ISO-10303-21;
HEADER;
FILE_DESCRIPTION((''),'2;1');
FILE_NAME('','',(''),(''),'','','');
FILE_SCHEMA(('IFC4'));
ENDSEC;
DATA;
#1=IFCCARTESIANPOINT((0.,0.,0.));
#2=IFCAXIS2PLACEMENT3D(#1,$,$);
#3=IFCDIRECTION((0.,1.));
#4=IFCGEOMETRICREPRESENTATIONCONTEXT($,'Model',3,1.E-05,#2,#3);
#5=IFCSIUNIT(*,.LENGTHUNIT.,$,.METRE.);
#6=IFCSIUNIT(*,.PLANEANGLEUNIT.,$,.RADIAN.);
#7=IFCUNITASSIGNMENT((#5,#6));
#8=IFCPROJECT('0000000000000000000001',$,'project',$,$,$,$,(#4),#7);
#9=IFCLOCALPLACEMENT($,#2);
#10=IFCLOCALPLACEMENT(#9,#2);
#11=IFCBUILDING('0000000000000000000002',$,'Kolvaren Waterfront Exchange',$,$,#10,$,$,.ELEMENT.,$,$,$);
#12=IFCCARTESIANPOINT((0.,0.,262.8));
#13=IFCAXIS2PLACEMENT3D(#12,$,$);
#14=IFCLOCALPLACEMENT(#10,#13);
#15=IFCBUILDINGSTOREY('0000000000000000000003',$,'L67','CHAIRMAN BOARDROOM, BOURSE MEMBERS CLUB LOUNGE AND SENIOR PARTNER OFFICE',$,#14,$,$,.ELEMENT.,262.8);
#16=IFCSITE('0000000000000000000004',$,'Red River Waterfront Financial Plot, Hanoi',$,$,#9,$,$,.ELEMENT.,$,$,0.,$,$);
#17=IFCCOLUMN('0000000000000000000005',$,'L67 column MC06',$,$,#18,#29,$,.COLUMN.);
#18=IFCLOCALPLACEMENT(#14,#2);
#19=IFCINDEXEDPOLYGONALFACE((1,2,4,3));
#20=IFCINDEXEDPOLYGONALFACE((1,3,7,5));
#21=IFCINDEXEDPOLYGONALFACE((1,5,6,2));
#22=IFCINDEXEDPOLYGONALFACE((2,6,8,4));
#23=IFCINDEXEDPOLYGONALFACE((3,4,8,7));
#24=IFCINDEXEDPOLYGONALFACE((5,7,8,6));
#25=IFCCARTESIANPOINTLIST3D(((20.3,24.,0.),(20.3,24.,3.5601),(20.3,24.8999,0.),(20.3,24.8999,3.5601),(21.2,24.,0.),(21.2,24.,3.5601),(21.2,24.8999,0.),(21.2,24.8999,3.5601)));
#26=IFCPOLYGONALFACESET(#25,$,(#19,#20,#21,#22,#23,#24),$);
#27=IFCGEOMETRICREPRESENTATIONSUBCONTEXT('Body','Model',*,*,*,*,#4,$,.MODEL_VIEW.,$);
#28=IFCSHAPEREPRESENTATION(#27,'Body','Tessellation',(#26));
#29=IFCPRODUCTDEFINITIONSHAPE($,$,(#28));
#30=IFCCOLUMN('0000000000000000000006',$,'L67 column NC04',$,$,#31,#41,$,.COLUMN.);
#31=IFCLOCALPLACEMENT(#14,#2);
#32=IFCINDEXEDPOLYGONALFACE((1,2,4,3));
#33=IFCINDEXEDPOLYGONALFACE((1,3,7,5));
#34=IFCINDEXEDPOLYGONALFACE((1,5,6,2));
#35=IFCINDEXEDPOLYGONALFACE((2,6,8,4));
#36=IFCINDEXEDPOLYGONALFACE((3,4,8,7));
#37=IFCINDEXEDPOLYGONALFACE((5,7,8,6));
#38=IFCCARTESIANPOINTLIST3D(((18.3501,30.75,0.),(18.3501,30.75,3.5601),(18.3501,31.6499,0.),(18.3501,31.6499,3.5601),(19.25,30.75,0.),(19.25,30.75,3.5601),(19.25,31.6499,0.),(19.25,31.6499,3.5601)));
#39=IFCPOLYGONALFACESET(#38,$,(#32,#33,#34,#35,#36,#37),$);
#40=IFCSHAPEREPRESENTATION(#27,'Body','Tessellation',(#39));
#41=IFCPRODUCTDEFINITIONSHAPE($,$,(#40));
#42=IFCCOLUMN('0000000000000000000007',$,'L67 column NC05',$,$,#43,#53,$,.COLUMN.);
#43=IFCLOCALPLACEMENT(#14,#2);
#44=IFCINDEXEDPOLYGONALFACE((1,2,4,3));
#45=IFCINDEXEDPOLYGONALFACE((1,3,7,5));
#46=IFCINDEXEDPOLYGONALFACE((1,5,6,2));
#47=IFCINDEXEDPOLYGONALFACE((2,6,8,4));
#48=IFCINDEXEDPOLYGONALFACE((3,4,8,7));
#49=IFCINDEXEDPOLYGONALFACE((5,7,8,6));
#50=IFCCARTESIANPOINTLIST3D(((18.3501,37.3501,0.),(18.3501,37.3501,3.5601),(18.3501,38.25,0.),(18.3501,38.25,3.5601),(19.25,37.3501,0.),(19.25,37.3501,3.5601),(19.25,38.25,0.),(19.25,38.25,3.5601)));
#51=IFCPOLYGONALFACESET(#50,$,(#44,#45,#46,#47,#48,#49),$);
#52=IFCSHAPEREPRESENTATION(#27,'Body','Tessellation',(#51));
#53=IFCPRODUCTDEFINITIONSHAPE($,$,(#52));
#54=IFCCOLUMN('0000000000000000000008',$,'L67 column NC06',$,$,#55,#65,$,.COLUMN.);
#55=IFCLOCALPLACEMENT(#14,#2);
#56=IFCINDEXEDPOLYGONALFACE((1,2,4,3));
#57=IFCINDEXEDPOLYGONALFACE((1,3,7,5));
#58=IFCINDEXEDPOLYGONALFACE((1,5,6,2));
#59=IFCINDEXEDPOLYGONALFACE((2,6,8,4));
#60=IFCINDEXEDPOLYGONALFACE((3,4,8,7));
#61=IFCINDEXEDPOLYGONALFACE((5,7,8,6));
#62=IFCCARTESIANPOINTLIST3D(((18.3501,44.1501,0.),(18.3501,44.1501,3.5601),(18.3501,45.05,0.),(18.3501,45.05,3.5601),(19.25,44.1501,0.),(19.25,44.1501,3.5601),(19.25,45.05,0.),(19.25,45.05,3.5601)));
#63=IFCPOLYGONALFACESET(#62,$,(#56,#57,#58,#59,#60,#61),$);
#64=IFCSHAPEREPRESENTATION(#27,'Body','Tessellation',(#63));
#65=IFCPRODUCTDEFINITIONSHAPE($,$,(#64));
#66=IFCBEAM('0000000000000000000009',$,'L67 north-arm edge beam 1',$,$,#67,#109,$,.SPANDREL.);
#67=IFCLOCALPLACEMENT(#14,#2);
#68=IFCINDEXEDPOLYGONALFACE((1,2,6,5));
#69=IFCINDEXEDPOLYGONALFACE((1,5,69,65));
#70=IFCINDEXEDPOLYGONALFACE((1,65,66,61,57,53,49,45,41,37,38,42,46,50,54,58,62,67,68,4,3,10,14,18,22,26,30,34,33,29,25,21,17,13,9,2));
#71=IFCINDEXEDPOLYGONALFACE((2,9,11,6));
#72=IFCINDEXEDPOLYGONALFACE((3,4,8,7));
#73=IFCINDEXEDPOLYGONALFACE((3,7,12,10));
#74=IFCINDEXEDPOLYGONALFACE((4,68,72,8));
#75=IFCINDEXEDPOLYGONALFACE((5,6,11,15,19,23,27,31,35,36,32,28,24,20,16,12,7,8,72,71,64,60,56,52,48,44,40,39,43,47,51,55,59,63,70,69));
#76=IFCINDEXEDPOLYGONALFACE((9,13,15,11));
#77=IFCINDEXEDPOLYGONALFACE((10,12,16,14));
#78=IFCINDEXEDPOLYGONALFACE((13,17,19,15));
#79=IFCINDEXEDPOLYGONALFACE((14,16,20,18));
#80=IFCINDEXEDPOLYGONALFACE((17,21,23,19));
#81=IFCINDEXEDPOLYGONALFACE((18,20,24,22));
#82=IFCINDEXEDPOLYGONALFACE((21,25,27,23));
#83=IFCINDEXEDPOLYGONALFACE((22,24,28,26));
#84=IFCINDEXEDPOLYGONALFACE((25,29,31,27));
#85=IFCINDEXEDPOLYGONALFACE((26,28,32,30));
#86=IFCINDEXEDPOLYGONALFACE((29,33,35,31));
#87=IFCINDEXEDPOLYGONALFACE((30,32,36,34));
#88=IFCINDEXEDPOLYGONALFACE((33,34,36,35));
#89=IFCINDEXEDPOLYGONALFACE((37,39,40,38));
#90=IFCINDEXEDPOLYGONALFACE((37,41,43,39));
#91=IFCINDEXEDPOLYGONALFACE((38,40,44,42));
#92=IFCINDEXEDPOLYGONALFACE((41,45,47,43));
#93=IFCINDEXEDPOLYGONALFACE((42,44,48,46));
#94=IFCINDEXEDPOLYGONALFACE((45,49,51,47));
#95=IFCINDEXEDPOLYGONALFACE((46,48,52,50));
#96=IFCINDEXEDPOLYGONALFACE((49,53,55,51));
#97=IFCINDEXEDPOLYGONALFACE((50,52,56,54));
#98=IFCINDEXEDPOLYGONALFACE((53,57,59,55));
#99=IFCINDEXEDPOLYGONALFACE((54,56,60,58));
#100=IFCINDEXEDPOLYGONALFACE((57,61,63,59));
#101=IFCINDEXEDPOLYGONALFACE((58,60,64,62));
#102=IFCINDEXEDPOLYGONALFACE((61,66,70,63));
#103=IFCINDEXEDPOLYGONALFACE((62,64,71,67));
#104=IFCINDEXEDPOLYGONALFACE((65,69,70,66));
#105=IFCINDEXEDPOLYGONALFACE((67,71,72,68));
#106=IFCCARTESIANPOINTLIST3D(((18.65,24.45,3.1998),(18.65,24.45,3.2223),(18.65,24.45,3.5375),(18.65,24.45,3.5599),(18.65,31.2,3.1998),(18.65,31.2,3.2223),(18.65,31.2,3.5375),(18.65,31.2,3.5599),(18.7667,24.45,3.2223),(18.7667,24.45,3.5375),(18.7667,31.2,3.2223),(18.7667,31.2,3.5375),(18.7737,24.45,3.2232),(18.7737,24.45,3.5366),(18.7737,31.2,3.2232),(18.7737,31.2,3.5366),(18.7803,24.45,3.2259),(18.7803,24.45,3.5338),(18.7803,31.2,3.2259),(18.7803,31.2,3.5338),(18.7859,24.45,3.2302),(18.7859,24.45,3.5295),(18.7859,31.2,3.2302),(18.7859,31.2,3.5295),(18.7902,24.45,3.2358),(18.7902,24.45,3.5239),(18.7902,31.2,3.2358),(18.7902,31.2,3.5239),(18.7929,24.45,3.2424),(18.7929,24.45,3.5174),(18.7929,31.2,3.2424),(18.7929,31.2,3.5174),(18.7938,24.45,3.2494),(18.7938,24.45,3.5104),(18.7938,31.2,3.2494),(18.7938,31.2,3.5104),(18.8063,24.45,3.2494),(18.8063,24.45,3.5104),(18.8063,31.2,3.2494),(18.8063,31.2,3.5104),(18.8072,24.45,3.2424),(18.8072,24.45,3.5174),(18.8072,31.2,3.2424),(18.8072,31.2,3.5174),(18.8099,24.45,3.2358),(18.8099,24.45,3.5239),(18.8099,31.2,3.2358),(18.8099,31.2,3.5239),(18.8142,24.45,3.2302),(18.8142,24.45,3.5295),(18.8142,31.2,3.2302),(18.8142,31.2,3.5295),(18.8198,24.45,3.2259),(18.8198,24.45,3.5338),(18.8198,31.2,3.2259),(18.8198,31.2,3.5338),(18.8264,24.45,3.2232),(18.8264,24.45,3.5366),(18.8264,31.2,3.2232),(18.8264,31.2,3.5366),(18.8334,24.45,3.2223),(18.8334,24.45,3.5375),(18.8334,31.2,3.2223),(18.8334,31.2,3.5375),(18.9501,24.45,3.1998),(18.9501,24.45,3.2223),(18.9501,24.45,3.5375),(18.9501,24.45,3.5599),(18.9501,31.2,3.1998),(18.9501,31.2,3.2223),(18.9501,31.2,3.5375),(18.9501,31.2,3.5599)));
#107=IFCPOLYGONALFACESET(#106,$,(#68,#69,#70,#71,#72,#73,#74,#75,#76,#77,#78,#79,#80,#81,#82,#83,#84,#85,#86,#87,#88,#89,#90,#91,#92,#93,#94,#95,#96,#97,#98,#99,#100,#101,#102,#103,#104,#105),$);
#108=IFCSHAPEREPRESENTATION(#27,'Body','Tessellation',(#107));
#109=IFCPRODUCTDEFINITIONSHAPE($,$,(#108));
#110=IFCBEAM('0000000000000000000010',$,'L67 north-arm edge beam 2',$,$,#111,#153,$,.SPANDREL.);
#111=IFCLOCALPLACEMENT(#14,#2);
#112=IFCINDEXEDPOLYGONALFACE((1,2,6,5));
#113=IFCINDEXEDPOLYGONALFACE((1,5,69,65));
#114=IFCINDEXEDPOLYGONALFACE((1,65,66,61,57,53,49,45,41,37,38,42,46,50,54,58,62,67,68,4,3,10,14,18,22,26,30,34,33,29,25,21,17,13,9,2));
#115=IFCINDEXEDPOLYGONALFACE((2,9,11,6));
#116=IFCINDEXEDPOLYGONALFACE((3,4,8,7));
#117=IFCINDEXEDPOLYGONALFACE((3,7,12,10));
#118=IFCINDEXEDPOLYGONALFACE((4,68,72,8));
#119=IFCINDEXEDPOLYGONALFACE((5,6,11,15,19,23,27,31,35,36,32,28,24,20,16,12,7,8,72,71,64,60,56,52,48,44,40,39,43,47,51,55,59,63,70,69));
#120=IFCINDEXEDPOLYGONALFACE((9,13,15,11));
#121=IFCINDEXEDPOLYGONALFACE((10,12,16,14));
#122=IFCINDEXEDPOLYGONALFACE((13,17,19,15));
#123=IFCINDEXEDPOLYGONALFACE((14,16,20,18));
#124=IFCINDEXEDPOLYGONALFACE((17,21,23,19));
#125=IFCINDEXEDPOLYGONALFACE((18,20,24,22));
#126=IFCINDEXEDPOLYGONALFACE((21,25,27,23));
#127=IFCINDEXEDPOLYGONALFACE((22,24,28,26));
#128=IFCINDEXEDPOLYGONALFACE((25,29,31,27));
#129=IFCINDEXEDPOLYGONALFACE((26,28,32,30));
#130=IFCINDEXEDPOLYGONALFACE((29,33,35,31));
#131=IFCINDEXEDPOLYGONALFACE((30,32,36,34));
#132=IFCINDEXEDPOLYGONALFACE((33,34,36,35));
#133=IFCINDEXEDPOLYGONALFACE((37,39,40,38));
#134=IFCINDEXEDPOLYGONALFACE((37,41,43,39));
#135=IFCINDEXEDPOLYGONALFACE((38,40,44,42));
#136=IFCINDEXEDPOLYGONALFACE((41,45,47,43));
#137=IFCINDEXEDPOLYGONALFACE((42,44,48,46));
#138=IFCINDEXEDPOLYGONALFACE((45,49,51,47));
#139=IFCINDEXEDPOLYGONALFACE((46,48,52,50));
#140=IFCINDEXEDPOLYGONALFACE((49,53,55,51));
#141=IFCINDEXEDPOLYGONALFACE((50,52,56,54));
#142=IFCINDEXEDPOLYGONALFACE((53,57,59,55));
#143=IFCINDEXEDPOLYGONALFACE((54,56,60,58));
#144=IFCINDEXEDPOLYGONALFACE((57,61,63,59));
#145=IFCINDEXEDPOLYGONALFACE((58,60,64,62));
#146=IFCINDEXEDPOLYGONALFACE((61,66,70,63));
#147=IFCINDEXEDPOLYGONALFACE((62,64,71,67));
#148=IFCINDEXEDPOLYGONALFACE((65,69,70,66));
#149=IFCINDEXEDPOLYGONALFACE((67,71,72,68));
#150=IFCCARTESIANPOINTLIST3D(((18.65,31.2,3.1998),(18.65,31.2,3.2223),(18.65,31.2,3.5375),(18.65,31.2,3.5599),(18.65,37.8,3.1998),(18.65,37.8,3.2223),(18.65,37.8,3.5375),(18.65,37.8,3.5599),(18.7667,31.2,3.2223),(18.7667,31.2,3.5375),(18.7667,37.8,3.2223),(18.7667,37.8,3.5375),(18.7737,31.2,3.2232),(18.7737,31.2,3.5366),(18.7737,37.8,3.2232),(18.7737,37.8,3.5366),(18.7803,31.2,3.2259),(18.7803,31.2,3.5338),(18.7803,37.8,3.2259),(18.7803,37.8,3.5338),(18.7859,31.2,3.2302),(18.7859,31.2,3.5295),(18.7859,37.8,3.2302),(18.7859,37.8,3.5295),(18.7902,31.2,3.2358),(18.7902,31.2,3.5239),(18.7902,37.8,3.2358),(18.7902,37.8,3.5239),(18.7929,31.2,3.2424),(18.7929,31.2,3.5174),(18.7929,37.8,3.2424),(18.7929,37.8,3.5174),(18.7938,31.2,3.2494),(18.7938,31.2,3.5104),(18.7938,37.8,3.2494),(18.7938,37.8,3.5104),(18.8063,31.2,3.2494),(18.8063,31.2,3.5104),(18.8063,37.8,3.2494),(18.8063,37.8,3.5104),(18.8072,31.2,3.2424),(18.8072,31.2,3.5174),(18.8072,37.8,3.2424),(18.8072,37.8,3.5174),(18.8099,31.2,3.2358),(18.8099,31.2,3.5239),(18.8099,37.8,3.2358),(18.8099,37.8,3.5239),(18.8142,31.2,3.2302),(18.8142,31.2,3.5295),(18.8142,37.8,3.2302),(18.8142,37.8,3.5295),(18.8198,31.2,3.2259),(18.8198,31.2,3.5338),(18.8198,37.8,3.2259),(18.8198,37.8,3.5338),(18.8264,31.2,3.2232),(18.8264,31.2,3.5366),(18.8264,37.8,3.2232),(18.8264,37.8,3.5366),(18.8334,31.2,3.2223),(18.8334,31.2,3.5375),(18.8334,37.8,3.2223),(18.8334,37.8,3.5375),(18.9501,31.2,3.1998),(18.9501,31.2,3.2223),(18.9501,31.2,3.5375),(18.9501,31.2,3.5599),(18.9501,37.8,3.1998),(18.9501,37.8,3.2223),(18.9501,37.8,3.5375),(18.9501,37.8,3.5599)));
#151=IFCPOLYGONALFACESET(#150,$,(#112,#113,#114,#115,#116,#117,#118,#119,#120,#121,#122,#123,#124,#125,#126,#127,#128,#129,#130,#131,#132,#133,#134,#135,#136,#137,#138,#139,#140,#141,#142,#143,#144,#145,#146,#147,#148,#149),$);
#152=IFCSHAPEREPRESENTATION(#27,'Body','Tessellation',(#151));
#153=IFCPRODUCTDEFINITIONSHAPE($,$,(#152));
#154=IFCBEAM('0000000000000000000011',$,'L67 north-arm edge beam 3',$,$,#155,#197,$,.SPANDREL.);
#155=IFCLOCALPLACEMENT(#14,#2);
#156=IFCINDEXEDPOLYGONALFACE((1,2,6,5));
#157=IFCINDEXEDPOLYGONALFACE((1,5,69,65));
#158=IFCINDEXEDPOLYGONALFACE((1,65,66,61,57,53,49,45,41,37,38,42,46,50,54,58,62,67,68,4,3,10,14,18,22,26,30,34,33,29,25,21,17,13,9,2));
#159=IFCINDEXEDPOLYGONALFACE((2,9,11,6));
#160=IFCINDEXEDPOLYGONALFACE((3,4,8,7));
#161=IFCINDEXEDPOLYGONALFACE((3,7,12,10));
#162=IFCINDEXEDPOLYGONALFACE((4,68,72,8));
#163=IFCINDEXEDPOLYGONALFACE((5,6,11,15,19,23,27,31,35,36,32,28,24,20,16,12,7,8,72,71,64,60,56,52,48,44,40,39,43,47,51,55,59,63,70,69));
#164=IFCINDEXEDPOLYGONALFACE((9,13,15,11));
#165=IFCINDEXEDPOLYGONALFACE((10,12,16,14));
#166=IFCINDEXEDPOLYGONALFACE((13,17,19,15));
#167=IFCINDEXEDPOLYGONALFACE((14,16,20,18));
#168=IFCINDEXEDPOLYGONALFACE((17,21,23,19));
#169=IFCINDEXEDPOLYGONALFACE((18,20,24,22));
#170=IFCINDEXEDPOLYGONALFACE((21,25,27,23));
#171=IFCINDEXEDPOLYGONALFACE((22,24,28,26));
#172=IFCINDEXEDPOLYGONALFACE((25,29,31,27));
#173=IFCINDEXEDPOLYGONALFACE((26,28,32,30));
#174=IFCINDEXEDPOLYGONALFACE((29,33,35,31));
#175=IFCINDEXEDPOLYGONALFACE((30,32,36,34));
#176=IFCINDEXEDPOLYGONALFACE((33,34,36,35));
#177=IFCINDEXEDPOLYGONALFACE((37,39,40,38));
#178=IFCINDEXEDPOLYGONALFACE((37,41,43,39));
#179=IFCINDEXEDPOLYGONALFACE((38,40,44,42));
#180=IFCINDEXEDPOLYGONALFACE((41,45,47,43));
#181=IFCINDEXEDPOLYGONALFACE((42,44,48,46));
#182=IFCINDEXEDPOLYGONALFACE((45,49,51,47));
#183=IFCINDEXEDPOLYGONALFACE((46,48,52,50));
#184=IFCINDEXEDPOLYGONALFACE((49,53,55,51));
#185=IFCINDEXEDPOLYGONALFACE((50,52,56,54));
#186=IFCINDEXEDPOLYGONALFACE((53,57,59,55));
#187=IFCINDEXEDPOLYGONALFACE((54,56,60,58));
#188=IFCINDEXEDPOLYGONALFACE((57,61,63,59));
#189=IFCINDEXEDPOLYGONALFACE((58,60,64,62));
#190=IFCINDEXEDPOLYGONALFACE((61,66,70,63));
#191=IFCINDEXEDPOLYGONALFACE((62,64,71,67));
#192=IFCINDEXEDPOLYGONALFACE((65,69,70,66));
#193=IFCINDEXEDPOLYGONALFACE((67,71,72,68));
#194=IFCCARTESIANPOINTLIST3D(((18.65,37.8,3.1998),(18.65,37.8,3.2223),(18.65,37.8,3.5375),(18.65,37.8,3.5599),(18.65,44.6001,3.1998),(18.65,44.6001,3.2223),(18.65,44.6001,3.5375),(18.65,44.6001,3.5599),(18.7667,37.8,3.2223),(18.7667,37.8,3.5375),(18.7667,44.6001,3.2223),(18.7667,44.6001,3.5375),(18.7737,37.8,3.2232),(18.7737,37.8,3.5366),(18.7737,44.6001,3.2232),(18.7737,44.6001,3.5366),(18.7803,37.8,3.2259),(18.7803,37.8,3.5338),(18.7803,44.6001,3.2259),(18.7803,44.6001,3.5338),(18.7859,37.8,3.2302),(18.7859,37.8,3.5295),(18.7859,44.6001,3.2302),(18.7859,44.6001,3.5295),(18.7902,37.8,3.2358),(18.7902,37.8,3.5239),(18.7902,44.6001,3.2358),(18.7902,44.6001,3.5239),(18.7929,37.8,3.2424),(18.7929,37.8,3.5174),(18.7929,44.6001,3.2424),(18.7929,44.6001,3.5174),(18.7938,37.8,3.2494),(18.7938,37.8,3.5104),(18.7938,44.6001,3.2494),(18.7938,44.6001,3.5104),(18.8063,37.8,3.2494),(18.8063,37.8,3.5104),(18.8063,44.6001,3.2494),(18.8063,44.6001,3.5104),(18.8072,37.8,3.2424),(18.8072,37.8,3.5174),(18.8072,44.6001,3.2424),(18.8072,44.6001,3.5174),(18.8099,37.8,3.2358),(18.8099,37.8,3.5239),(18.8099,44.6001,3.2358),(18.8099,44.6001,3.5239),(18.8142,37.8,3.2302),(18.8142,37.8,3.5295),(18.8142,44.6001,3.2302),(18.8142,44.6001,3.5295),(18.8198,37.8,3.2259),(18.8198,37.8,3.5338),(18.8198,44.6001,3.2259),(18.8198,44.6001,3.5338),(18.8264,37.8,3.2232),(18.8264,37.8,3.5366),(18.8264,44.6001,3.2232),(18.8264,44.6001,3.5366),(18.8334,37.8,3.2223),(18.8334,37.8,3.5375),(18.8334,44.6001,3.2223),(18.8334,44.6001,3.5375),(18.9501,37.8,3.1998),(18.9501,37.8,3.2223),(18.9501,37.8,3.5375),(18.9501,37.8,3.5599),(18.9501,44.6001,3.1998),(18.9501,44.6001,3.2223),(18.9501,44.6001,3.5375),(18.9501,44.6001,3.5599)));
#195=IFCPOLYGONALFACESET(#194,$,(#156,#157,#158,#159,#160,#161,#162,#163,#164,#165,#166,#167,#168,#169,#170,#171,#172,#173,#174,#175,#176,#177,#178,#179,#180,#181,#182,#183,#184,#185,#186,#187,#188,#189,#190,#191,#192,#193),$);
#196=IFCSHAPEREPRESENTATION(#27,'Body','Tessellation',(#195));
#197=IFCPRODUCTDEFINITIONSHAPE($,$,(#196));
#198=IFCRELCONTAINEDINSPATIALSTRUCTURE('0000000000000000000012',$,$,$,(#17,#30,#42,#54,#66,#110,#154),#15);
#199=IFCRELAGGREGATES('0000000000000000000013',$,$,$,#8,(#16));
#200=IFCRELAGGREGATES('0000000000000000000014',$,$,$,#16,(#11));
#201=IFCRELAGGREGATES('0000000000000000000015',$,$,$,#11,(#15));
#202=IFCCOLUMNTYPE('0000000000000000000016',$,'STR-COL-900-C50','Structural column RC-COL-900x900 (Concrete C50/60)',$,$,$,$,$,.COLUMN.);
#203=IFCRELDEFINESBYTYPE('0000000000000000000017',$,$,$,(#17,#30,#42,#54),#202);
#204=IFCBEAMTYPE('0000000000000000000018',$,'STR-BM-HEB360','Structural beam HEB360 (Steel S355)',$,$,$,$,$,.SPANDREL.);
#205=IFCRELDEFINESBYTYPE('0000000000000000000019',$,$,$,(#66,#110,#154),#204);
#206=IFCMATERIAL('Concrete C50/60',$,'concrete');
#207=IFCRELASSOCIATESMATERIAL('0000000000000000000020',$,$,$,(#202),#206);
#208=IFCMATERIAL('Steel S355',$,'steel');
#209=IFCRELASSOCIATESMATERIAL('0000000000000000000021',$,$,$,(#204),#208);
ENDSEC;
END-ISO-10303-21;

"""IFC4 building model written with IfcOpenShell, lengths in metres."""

from ifc_helpers import new_model, si_unit, direction, frame, origin, origin_2d, place, context, subcontext, project, spatial, rectangle, i_section, extrude, material, material_profile, profile_set, type_object, element, save


model = new_model("IFC4")

# Units and contexts
model_context = context("Model", 3, precision=1e-05, world=origin(), true_north=direction((0.0, 1.0)))
body_context = subcontext(model_context, "Body", "Model", "MODEL_VIEW")
ifc_project = project(units=[si_unit("LENGTHUNIT", "METRE"), si_unit("PLANEANGLEUNIT", "RADIAN")], contexts=[model_context])

# Site, building, storey
site_placement = place(None, origin())
site = spatial("IfcSite", under=ifc_project, at=site_placement, Name="Red River Waterfront Financial Plot, Hanoi", CompositionType="ELEMENT", RefElevation=0.0)
building_placement = place(site_placement, origin())
building = spatial("IfcBuilding", under=site, at=building_placement, Name="Kolvaren Waterfront Exchange", CompositionType="ELEMENT")
storey_placement = place(building_placement, frame((0.0, 0.0, 262.8)))
storey = spatial("IfcBuildingStorey", under=building, at=storey_placement, Name="L67", Description="CHAIRMAN BOARDROOM, BOURSE MEMBERS CLUB LOUNGE AND SENIOR PARTNER OFFICE", CompositionType="ELEMENT", Elevation=262.8)

# Columns
ifc_material_1 = material(Name="Concrete C50/60", Category="concrete")
ifc_material_profile_1 = material_profile(ifc_material_1, rectangle(XDim=0.8999, YDim=0.8999, at=origin_2d()), Name="RC-COL-900x900")
ifc_profile_set_1 = profile_set([ifc_material_profile_1], Name="Concrete C50/60")
column_type = type_object("IfcColumnType", Name="STR-COL-900-C50", Description="Structural column RC-COL-900x900 (Concrete C50/60)", PredefinedType="COLUMN", material=ifc_profile_set_1)
for number, where, z_axis, x_axis, name in (
    (1, (20.75, 24.45, 0.0), (0.0, 0.0, 1.0), (1.0, 0.0, 0.0), "L67 column MC06"),
    (2, (18.8, 31.2, 0.0), (0.0, 0.0, 1.0), (1.0, 0.0, 0.0), "L67 column NC04"),
    (3, (18.8, 37.8, 0.0), (0.0, 0.0, 1.0), (1.0, 0.0, 0.0), "L67 column NC05"),
    (4, (18.8, 44.6001, 0.0), (0.0, 0.0, 1.0), (1.0, 0.0, 0.0), "L67 column NC06"),
):
    element("IfcColumn", number, at=place(storey_placement, frame(where, z_axis=z_axis, x_axis=x_axis)), inside=storey, type_object=column_type, Name=name, PredefinedType="COLUMN", context=body_context, shape_type="SweptSolid", body=[
        extrude(rectangle(XDim=0.8999, YDim=0.8999, at=origin_2d()), origin(), (0.0, 0.0, 1.0), 3.5601),
    ])

# Beams
ifc_material_2 = material(Name="Steel S355", Category="steel")
ifc_material_profile_2 = material_profile(ifc_material_2, i_section(OverallWidth=0.3, OverallDepth=0.3601, WebThickness=0.0125, FlangeThickness=0.0225, FilletRadius=0.0271, at=origin_2d()), Name="HEB360")
ifc_profile_set_2 = profile_set([ifc_material_profile_2], Name="Steel S355")
beam_type = type_object("IfcBeamType", Name="STR-BM-HEB360", Description="Structural beam HEB360 (Steel S355)", PredefinedType="SPANDREL", material=ifc_profile_set_2)
beam_1_placement = place(storey_placement, frame((18.8, 24.45, 3.3799), z_axis=(0.0, 1.0, 0.0), x_axis=(-1.0, 0.0, 0.0)))
element("IfcBeam", 5, at=beam_1_placement, inside=storey, type_object=beam_type, Name="L67 north-arm edge beam 1", PredefinedType="SPANDREL", context=body_context, shape_type="SweptSolid", body=[
    extrude(i_section(OverallWidth=0.3, OverallDepth=0.3601, WebThickness=0.0125, FlangeThickness=0.0225, FilletRadius=0.0271, at=origin_2d()), origin(), (0.0, 0.0, 1.0), 6.75),
])
beam_2_placement = place(storey_placement, frame((18.8, 31.2, 3.3799), z_axis=(0.0, 1.0, 0.0), x_axis=(-1.0, 0.0, 0.0)))
element("IfcBeam", 6, at=beam_2_placement, inside=storey, type_object=beam_type, Name="L67 north-arm edge beam 2", PredefinedType="SPANDREL", context=body_context, shape_type="SweptSolid", body=[
    extrude(i_section(OverallWidth=0.3, OverallDepth=0.3601, WebThickness=0.0125, FlangeThickness=0.0225, FilletRadius=0.0271, at=origin_2d()), origin(), (0.0, 0.0, 1.0), 6.6001),
])
beam_3_placement = place(storey_placement, frame((18.8, 37.8, 3.3799), z_axis=(0.0, 1.0, 0.0), x_axis=(-1.0, 0.0, 0.0)))
element("IfcBeam", 7, at=beam_3_placement, inside=storey, type_object=beam_type, Name="L67 north-arm edge beam 3", PredefinedType="SPANDREL", context=body_context, shape_type="SweptSolid", body=[
    extrude(i_section(OverallWidth=0.3, OverallDepth=0.3601, WebThickness=0.0125, FlangeThickness=0.0225, FilletRadius=0.0271, at=origin_2d()), origin(), (0.0, 0.0, 1.0), 6.8),
])

save(model, "model.ifc")
